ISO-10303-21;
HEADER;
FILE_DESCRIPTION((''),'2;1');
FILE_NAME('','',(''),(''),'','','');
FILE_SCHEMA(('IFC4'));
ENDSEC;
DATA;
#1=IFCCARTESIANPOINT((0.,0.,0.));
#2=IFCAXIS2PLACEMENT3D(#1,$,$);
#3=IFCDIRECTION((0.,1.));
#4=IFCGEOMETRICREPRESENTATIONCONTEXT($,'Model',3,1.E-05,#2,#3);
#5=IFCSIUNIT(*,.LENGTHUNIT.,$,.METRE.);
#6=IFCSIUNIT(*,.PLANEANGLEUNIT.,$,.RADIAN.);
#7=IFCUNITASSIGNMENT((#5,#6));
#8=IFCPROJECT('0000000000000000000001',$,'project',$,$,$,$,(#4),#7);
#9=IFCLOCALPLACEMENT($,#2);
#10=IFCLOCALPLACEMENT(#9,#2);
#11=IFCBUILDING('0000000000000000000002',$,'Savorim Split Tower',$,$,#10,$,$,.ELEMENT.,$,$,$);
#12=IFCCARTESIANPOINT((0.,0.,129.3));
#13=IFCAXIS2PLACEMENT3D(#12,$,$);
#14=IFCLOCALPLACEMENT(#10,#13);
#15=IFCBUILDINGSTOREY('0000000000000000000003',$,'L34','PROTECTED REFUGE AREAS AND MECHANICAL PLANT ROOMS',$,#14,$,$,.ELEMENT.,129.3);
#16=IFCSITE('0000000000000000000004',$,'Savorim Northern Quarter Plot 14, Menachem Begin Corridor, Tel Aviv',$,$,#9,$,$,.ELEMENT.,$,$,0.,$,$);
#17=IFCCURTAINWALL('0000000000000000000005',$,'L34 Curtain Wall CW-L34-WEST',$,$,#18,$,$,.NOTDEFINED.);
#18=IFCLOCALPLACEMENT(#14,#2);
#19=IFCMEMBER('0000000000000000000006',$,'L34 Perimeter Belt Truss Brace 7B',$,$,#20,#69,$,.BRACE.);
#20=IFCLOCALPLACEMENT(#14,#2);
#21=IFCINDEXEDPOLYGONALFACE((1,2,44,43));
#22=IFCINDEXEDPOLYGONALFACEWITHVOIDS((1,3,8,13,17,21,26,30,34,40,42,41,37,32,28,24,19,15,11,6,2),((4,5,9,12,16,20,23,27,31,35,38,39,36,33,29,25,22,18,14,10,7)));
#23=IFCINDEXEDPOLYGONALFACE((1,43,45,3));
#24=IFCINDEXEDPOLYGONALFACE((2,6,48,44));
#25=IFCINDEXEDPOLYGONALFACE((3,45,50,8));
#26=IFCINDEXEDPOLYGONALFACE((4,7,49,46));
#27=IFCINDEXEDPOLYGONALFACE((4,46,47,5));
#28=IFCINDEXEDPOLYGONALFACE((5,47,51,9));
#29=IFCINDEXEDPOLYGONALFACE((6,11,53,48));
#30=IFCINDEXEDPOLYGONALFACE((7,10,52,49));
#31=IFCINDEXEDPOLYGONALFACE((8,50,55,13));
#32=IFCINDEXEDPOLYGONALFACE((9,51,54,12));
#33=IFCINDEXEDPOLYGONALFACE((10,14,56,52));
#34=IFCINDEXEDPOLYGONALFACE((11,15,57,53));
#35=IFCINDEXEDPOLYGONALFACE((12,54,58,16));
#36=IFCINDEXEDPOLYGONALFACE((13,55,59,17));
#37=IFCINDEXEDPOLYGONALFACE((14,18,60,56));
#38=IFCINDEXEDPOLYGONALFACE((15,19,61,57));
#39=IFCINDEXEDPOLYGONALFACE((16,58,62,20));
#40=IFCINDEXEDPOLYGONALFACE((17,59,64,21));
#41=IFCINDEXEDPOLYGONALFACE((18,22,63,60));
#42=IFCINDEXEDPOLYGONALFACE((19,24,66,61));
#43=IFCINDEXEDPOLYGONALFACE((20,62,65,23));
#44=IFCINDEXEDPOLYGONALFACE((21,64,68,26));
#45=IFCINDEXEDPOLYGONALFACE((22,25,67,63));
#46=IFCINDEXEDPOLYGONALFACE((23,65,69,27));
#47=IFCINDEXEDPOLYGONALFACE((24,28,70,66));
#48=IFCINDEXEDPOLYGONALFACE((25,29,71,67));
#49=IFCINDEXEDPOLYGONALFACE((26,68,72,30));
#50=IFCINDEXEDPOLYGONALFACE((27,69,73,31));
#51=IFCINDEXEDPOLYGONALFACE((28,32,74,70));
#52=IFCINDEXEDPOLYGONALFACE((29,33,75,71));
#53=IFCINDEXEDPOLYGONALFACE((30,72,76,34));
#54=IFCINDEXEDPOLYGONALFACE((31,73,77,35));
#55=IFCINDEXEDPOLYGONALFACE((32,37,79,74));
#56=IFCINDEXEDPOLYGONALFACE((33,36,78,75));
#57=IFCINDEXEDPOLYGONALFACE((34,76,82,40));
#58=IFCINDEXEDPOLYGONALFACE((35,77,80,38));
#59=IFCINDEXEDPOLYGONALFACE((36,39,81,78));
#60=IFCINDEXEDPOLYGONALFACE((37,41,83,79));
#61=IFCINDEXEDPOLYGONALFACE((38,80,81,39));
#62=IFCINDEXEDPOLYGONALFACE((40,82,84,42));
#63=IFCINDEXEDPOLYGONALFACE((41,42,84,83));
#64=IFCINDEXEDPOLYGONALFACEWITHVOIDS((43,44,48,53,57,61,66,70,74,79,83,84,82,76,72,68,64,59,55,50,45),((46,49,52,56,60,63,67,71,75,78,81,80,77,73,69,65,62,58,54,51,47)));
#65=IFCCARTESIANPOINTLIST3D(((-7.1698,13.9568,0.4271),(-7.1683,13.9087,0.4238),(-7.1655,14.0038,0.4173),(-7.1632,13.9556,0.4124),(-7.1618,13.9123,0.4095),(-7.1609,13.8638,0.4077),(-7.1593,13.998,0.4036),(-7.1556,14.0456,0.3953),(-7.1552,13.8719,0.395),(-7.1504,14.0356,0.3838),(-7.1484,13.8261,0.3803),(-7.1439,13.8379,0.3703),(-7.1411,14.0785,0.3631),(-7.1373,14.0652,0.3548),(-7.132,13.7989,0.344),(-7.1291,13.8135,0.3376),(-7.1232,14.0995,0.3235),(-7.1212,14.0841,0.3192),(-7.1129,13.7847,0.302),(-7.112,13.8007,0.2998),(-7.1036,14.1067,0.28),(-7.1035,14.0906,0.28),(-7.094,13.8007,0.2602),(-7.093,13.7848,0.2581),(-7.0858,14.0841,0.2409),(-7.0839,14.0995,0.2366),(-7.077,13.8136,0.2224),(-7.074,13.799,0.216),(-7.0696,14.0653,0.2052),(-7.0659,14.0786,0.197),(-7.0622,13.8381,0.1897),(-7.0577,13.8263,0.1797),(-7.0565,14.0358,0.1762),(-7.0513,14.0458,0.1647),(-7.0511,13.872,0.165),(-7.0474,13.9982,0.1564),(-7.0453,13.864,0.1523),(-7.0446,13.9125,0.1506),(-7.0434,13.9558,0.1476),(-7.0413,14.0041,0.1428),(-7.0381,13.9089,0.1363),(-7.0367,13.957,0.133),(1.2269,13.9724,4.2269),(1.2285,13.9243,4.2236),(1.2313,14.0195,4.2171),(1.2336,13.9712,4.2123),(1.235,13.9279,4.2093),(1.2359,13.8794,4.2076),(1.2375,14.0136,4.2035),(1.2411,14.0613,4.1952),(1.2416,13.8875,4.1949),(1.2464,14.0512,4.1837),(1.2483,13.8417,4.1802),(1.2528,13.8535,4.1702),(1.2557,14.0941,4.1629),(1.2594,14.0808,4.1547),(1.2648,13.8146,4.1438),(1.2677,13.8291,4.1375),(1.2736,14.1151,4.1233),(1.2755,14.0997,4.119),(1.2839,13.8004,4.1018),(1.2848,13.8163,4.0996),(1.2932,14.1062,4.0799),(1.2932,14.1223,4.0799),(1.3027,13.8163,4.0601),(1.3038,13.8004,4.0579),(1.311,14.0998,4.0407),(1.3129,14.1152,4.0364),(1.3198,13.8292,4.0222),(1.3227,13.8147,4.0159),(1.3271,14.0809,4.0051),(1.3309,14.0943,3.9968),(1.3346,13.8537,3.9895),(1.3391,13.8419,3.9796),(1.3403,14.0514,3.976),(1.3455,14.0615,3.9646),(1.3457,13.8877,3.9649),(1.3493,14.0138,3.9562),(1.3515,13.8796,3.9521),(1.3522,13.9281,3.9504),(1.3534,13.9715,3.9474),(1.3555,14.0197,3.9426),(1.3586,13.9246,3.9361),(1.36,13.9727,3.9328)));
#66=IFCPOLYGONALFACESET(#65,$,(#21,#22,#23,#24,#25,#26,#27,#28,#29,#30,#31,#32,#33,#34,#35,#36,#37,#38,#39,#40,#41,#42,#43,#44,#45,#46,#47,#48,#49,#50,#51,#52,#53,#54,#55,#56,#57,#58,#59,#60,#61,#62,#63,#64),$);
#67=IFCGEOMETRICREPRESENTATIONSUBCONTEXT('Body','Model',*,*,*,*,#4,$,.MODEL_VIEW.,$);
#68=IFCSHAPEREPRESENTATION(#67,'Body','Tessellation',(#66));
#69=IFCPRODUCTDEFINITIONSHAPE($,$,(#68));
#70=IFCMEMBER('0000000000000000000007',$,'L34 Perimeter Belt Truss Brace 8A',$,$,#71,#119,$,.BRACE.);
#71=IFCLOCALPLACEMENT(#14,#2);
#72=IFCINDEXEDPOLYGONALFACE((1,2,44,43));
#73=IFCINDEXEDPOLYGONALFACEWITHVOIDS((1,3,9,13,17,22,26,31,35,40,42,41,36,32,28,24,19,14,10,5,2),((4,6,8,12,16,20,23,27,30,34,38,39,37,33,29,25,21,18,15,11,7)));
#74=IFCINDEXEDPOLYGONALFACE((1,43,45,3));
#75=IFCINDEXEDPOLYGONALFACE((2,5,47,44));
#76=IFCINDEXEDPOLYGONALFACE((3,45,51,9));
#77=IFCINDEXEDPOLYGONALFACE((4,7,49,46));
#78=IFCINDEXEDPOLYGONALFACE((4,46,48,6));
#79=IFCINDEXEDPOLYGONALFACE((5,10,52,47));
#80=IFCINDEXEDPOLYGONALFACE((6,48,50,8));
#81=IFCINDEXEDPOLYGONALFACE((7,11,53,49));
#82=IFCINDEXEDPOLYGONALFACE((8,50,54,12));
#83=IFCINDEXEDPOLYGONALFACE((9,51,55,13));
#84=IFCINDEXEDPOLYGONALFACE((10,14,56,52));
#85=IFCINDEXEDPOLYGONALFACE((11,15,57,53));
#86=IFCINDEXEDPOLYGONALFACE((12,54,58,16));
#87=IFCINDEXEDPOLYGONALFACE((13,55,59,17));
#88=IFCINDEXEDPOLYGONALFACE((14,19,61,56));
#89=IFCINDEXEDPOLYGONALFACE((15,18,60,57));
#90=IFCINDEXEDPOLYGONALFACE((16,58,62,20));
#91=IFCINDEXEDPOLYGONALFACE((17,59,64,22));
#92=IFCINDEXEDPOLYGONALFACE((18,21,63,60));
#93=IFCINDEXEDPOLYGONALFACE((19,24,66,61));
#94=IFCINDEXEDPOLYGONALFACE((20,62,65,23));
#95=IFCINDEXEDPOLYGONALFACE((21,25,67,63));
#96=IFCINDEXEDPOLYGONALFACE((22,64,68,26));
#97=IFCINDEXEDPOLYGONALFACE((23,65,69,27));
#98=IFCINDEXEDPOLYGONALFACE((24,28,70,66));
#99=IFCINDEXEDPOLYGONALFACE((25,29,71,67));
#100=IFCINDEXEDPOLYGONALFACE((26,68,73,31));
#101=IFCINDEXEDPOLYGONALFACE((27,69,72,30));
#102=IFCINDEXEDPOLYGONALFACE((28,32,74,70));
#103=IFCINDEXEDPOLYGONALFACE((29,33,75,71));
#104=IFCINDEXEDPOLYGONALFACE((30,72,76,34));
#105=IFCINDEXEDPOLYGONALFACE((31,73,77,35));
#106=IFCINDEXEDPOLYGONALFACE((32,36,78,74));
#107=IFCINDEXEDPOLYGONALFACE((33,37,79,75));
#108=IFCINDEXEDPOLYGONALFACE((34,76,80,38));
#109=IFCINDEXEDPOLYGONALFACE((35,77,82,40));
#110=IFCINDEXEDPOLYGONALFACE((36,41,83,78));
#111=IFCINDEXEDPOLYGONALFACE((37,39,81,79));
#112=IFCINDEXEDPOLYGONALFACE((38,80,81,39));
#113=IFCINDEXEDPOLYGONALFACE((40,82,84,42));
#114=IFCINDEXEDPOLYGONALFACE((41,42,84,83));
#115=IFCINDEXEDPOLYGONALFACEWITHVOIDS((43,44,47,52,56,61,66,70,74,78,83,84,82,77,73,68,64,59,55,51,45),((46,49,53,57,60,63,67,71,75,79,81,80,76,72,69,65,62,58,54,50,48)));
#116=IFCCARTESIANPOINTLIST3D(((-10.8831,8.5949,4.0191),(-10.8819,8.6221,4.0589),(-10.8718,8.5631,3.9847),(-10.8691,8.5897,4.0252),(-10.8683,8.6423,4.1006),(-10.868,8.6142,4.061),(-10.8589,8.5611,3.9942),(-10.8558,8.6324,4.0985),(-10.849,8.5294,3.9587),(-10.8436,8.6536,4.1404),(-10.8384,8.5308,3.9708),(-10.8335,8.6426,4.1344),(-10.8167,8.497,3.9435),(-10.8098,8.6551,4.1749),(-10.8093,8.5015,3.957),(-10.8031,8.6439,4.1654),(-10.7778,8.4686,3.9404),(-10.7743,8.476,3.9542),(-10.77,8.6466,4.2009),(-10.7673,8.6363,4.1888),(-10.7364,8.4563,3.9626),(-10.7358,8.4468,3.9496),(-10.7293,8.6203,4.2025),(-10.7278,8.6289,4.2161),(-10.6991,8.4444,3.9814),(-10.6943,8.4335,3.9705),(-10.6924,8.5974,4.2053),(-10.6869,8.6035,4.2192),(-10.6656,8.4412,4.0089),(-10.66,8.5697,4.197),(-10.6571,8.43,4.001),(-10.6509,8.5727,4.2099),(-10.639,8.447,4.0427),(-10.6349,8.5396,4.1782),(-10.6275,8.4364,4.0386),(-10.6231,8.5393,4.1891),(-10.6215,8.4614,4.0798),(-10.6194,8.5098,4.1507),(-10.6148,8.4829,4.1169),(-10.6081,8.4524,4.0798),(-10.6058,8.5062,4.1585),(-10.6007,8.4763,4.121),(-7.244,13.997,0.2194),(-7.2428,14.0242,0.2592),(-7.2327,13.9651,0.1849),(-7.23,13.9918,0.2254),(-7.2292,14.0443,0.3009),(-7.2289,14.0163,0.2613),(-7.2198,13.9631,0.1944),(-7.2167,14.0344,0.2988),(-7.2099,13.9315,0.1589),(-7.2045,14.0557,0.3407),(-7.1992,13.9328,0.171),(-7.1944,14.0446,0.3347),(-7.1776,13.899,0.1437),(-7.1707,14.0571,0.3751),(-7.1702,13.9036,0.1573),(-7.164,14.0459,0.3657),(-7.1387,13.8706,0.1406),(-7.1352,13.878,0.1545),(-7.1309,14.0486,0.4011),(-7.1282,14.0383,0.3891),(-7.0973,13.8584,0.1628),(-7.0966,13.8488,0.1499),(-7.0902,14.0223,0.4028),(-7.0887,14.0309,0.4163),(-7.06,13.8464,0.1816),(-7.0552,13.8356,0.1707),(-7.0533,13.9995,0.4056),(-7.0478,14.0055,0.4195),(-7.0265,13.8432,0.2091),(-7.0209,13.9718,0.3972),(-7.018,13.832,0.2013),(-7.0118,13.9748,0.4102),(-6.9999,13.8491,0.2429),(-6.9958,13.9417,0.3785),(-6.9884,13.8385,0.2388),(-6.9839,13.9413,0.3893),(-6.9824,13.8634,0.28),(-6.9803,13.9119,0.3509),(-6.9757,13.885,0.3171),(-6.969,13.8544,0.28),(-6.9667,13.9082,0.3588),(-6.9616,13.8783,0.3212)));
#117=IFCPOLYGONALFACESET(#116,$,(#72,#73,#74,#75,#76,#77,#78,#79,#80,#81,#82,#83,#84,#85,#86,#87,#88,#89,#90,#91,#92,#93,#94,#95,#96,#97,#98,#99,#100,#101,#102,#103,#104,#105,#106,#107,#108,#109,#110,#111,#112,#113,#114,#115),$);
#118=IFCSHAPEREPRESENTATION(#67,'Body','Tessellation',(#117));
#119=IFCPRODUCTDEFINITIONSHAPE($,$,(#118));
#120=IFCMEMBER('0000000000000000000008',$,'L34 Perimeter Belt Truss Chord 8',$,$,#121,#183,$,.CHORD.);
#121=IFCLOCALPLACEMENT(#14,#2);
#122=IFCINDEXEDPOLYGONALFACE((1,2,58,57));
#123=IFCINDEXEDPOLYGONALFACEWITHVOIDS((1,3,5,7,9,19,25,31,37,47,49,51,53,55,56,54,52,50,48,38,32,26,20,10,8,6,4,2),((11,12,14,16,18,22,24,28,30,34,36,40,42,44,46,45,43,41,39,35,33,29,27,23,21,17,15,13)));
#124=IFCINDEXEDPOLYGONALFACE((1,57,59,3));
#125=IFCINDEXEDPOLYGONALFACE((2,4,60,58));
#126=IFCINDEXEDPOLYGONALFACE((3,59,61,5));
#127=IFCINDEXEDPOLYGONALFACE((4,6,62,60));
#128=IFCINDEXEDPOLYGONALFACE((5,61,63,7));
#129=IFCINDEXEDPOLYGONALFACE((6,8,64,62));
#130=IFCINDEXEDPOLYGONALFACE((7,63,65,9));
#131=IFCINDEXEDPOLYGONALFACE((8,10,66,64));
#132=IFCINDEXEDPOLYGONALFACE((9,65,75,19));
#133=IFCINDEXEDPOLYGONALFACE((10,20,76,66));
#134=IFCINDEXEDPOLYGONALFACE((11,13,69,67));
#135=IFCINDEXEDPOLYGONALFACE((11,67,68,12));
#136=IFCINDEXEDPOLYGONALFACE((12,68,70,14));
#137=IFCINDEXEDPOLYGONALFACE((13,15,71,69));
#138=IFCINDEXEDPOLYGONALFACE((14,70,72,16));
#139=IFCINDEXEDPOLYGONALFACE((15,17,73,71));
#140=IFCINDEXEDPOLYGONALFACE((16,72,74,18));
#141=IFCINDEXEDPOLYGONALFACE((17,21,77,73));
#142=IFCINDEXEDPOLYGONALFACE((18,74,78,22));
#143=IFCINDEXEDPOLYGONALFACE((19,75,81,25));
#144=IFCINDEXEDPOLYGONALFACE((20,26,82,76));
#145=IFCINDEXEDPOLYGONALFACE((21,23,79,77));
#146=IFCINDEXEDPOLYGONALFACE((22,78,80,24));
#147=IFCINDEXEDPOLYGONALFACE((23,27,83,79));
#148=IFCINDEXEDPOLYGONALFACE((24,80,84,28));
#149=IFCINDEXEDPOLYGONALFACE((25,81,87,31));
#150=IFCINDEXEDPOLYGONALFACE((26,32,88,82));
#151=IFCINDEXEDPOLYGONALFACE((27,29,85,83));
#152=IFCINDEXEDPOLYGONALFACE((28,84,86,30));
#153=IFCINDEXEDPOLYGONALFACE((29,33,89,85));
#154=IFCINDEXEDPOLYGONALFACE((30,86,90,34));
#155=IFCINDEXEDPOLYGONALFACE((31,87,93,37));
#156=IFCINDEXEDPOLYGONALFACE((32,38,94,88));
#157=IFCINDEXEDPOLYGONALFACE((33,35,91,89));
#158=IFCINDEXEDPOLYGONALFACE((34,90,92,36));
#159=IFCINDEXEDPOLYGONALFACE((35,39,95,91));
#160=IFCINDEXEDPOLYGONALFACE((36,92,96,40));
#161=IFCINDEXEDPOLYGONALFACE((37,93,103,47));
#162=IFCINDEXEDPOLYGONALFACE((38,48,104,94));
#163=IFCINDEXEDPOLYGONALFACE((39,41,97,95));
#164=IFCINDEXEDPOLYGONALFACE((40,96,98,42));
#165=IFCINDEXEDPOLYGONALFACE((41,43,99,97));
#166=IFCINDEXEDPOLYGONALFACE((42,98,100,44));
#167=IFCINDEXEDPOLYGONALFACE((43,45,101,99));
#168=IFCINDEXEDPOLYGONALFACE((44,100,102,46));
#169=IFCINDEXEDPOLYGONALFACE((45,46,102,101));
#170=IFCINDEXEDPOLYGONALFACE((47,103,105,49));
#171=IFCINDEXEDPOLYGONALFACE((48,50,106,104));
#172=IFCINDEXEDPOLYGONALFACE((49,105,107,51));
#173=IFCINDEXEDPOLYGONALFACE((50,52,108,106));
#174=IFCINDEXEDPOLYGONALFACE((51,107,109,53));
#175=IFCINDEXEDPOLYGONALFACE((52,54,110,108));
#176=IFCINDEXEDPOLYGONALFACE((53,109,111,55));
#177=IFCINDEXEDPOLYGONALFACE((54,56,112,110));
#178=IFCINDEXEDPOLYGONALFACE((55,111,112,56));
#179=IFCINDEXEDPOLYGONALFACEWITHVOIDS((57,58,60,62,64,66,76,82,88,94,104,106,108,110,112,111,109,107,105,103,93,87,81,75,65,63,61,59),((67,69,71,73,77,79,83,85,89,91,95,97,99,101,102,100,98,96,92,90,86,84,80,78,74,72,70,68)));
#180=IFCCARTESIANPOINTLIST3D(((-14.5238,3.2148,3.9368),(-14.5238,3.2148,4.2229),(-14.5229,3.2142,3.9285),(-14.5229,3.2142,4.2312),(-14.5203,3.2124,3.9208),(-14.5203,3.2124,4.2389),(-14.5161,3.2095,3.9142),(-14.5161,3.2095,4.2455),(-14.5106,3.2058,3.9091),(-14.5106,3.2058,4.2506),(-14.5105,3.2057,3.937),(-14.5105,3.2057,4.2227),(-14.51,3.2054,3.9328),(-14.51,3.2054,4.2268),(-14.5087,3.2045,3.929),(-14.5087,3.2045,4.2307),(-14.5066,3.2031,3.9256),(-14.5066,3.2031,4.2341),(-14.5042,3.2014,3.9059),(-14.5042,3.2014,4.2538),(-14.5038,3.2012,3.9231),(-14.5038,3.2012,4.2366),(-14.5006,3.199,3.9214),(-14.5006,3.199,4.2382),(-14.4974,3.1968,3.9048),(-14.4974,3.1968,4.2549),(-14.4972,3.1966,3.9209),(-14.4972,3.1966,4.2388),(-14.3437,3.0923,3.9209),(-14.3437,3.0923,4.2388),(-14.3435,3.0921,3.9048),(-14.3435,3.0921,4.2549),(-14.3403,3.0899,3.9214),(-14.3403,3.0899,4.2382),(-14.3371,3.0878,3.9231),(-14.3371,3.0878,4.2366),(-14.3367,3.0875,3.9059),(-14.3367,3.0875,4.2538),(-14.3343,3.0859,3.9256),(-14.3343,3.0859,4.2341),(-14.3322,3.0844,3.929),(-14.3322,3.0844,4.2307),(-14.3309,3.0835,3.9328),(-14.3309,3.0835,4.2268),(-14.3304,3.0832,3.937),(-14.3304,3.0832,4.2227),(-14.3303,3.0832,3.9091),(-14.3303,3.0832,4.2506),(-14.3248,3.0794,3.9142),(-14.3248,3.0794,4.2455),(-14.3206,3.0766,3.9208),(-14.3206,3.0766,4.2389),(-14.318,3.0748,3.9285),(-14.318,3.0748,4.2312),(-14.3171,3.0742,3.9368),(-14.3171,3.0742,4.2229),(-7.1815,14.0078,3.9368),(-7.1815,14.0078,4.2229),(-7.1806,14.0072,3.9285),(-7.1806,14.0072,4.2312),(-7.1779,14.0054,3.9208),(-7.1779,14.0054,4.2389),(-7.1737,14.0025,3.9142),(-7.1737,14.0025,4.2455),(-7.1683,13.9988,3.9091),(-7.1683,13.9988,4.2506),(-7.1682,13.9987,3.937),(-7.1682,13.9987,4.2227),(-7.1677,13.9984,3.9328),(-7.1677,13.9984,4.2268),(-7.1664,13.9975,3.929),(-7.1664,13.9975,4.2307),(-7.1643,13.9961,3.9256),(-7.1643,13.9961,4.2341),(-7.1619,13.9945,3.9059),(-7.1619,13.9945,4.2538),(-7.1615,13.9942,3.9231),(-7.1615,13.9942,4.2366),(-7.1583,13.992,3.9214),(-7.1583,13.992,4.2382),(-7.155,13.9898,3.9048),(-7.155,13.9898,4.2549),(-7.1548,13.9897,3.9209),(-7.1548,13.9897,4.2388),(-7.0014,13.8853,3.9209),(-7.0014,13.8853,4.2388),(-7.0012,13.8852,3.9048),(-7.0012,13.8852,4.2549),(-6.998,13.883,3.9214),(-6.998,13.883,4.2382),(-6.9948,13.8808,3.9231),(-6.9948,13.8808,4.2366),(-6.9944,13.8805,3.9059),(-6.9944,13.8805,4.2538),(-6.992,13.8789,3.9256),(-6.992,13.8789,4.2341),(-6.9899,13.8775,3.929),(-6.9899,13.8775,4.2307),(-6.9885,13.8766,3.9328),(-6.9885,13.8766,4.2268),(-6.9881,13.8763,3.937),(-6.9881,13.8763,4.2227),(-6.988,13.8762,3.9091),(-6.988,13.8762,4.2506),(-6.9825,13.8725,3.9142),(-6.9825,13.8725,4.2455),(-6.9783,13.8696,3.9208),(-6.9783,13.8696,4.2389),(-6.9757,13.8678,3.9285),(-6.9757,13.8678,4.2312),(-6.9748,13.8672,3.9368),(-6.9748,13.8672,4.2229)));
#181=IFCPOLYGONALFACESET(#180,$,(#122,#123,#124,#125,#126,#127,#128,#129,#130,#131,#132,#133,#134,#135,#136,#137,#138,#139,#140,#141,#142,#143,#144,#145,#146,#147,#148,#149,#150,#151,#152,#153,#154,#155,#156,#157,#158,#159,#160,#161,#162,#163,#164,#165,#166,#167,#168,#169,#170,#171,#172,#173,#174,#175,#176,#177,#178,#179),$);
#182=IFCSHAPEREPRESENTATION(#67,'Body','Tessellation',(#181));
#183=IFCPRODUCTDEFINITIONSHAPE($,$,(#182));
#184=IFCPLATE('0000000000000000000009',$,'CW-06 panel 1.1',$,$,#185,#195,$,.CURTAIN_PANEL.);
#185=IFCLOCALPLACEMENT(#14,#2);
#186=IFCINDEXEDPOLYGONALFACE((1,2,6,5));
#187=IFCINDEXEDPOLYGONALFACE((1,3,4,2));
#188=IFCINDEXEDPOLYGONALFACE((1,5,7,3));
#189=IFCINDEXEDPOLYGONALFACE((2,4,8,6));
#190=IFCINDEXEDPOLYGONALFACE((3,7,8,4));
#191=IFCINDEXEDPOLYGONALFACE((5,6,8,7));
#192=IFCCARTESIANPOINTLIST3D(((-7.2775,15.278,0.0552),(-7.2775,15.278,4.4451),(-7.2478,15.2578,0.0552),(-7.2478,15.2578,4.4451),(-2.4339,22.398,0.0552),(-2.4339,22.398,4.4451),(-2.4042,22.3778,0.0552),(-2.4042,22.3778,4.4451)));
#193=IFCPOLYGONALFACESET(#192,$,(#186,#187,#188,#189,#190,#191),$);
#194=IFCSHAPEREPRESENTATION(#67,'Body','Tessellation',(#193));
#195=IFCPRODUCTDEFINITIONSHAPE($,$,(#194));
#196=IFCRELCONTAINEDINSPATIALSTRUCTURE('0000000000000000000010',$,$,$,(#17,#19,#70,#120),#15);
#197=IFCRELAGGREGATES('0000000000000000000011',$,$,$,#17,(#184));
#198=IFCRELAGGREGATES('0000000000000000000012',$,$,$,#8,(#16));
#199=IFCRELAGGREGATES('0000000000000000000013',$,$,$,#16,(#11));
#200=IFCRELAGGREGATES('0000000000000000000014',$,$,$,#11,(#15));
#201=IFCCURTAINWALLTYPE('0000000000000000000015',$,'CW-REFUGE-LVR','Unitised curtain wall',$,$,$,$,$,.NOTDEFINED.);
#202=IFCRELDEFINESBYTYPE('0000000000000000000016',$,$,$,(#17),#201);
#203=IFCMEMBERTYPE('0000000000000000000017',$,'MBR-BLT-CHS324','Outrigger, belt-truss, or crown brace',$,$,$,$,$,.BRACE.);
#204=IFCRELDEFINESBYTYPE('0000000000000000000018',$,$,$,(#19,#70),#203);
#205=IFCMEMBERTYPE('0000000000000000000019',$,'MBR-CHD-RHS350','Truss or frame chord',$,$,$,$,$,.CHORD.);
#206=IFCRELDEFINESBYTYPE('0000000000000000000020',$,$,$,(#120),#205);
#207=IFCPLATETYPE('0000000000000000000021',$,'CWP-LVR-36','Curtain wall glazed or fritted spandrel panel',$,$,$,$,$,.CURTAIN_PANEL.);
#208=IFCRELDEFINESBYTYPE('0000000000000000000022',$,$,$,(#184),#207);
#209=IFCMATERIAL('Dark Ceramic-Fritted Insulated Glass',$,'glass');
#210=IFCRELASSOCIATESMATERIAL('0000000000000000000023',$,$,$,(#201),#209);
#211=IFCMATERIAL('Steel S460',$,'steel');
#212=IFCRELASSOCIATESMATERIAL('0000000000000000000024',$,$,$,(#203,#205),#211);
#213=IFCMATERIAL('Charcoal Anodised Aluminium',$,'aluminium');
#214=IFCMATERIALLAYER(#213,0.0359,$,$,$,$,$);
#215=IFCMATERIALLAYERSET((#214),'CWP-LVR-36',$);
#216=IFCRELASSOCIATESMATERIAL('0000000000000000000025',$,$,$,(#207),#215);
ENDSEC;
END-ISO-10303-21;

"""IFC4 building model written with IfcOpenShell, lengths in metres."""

from ifc_helpers import new_model, si_unit, direction, frame, origin, origin_2d, place, context, subcontext, project, spatial, rectangle, hollow_rectangle, hollow_circle, extrude, material, layer, layer_set, material_profile, profile_set, type_object, element, aggregate, save


model = new_model("IFC4")

# Units and contexts
model_context = context("Model", 3, precision=1e-05, world=origin(), true_north=direction((0.0, 1.0)))
body_context = subcontext(model_context, "Body", "Model", "MODEL_VIEW")
ifc_project = project(units=[si_unit("LENGTHUNIT", "METRE"), si_unit("PLANEANGLEUNIT", "RADIAN")], contexts=[model_context])

# Site, building, storey
site_placement = place(None, origin())
site = spatial("IfcSite", under=ifc_project, at=site_placement, Name="Savorim Northern Quarter Plot 14, Menachem Begin Corridor, Tel Aviv", CompositionType="ELEMENT", RefElevation=0.0)
building_placement = place(site_placement, origin())
building = spatial("IfcBuilding", under=site, at=building_placement, Name="Savorim Split Tower", CompositionType="ELEMENT")
storey_placement = place(building_placement, frame((0.0, 0.0, 129.3)))
storey = spatial("IfcBuildingStorey", under=building, at=storey_placement, Name="L34", Description="PROTECTED REFUGE AREAS AND MECHANICAL PLANT ROOMS", CompositionType="ELEMENT", Elevation=129.3)

# Shared definitions
ifc_material_1 = material(Name="Steel S460", Category="steel")

# Curtain wall
ifc_material_2 = material(Name="Dark Ceramic-Fritted Insulated Glass", Category="glass")
curtain_wall_type = type_object("IfcCurtainWallType", Name="CW-REFUGE-LVR", Description="Unitised curtain wall", PredefinedType="NOTDEFINED", material=ifc_material_2)
curtain_wall_placement = place(storey_placement, origin())
curtain_wall = element("IfcCurtainWall", 1, at=curtain_wall_placement, inside=storey, type_object=curtain_wall_type, Name="L34 Curtain Wall CW-L34-WEST", PredefinedType="NOTDEFINED")
ifc_material_3 = material(Name="Charcoal Anodised Aluminium", Category="aluminium")

# Members
ifc_material_profile_1 = material_profile(ifc_material_1, hollow_circle(Radius=0.1619, WallThickness=0.0161, at=origin_2d()), Name="CHS 323.9x16")
ifc_profile_set_1 = profile_set([ifc_material_profile_1], Name="Steel S460")
member_type_1 = type_object("IfcMemberType", Name="MBR-BLT-CHS324", Description="Outrigger, belt-truss, or crown brace", PredefinedType="BRACE", material=ifc_profile_set_1)
member_1_placement = place(storey_placement, frame((-7.1033, 13.9448, 0.28), z_axis=(0.911054, 0.001695, 0.412283), x_axis=(-0.001861, 0.999998, 0.0)))
element("IfcMember", 2, at=member_1_placement, inside=storey, type_object=member_type_1, Name="L34 Perimeter Belt Truss Brace 7B", PredefinedType="BRACE", context=body_context, shape_type="SweptSolid", body=[
    extrude(hollow_circle(Radius=0.1619, WallThickness=0.0161, at=origin_2d()), origin(), (0.0, 0.0, 1.0), 9.2166),
])
member_2_placement = place(storey_placement, frame((-7.1033, 13.9448, 0.28), z_axis=(-0.482592, -0.716376, 0.503895), x_axis=(0.829365, -0.558707, 0.0)))
element("IfcMember", 3, at=member_2_placement, inside=storey, type_object=member_type_1, Name="L34 Perimeter Belt Truss Brace 8A", PredefinedType="BRACE", context=body_context, shape_type="SweptSolid", body=[
    extrude(hollow_circle(Radius=0.1619, WallThickness=0.0161, at=origin_2d()), origin(), (0.0, 0.0, 1.0), 7.5408),
])
ifc_material_profile_2 = material_profile(ifc_material_1, hollow_rectangle(XDim=0.25, YDim=0.3501, WallThickness=0.0161, InnerFilletRadius=0.0161, OuterFilletRadius=0.032, at=origin_2d()), Name="RHS 350x250x16")
ifc_profile_set_2 = profile_set([ifc_material_profile_2], Name="Steel S460")
member_type_2 = type_object("IfcMemberType", Name="MBR-CHD-RHS350", Description="Truss or frame chord", PredefinedType="CHORD", material=ifc_profile_set_2)
member_3_placement = place(storey_placement, frame((-7.0781, 13.9375, 4.0798), z_axis=(-0.562471, -0.826817, 0.0), x_axis=(0.826817, -0.562471, 0.0)))
element("IfcMember", 4, at=member_3_placement, inside=storey, type_object=member_type_2, Name="L34 Perimeter Belt Truss Chord 8", PredefinedType="CHORD", context=body_context, shape_type="SweptSolid", body=[
    extrude(hollow_rectangle(XDim=0.25, YDim=0.3501, WallThickness=0.0161, InnerFilletRadius=0.0161, OuterFilletRadius=0.032, at=origin_2d()), origin(), (0.0, 0.0, 1.0), 13.0537),
])

# Plate
ifc_layer_1 = layer(ifc_material_3, 0.0359)
ifc_layer_set_1 = layer_set([ifc_layer_1], Name="CWP-LVR-36")
plate_type_1 = type_object("IfcPlateType", Name="CWP-LVR-36", Description="Curtain wall glazed or fritted spandrel panel", PredefinedType="CURTAIN_PANEL", material=ifc_layer_set_1)
plate_1_placement = place(storey_placement, frame((-4.8408, 18.8279, 0.0552), z_axis=(0.0, 0.0, 1.0), x_axis=(-0.562467, -0.82682, 0.0)))
plate_1 = element("IfcPlate", 5, at=plate_1_placement, type_object=plate_type_1, Name="CW-06 panel 1.1", PredefinedType="CURTAIN_PANEL", context=body_context, shape_type="SweptSolid", body=[
    extrude(rectangle(XDim=8.6113, YDim=0.0359, at=origin_2d()), origin(), (0.0, 0.0, 1.0), 4.3899),
])
aggregate(curtain_wall, [plate_1])

save(model, "model.ifc")
